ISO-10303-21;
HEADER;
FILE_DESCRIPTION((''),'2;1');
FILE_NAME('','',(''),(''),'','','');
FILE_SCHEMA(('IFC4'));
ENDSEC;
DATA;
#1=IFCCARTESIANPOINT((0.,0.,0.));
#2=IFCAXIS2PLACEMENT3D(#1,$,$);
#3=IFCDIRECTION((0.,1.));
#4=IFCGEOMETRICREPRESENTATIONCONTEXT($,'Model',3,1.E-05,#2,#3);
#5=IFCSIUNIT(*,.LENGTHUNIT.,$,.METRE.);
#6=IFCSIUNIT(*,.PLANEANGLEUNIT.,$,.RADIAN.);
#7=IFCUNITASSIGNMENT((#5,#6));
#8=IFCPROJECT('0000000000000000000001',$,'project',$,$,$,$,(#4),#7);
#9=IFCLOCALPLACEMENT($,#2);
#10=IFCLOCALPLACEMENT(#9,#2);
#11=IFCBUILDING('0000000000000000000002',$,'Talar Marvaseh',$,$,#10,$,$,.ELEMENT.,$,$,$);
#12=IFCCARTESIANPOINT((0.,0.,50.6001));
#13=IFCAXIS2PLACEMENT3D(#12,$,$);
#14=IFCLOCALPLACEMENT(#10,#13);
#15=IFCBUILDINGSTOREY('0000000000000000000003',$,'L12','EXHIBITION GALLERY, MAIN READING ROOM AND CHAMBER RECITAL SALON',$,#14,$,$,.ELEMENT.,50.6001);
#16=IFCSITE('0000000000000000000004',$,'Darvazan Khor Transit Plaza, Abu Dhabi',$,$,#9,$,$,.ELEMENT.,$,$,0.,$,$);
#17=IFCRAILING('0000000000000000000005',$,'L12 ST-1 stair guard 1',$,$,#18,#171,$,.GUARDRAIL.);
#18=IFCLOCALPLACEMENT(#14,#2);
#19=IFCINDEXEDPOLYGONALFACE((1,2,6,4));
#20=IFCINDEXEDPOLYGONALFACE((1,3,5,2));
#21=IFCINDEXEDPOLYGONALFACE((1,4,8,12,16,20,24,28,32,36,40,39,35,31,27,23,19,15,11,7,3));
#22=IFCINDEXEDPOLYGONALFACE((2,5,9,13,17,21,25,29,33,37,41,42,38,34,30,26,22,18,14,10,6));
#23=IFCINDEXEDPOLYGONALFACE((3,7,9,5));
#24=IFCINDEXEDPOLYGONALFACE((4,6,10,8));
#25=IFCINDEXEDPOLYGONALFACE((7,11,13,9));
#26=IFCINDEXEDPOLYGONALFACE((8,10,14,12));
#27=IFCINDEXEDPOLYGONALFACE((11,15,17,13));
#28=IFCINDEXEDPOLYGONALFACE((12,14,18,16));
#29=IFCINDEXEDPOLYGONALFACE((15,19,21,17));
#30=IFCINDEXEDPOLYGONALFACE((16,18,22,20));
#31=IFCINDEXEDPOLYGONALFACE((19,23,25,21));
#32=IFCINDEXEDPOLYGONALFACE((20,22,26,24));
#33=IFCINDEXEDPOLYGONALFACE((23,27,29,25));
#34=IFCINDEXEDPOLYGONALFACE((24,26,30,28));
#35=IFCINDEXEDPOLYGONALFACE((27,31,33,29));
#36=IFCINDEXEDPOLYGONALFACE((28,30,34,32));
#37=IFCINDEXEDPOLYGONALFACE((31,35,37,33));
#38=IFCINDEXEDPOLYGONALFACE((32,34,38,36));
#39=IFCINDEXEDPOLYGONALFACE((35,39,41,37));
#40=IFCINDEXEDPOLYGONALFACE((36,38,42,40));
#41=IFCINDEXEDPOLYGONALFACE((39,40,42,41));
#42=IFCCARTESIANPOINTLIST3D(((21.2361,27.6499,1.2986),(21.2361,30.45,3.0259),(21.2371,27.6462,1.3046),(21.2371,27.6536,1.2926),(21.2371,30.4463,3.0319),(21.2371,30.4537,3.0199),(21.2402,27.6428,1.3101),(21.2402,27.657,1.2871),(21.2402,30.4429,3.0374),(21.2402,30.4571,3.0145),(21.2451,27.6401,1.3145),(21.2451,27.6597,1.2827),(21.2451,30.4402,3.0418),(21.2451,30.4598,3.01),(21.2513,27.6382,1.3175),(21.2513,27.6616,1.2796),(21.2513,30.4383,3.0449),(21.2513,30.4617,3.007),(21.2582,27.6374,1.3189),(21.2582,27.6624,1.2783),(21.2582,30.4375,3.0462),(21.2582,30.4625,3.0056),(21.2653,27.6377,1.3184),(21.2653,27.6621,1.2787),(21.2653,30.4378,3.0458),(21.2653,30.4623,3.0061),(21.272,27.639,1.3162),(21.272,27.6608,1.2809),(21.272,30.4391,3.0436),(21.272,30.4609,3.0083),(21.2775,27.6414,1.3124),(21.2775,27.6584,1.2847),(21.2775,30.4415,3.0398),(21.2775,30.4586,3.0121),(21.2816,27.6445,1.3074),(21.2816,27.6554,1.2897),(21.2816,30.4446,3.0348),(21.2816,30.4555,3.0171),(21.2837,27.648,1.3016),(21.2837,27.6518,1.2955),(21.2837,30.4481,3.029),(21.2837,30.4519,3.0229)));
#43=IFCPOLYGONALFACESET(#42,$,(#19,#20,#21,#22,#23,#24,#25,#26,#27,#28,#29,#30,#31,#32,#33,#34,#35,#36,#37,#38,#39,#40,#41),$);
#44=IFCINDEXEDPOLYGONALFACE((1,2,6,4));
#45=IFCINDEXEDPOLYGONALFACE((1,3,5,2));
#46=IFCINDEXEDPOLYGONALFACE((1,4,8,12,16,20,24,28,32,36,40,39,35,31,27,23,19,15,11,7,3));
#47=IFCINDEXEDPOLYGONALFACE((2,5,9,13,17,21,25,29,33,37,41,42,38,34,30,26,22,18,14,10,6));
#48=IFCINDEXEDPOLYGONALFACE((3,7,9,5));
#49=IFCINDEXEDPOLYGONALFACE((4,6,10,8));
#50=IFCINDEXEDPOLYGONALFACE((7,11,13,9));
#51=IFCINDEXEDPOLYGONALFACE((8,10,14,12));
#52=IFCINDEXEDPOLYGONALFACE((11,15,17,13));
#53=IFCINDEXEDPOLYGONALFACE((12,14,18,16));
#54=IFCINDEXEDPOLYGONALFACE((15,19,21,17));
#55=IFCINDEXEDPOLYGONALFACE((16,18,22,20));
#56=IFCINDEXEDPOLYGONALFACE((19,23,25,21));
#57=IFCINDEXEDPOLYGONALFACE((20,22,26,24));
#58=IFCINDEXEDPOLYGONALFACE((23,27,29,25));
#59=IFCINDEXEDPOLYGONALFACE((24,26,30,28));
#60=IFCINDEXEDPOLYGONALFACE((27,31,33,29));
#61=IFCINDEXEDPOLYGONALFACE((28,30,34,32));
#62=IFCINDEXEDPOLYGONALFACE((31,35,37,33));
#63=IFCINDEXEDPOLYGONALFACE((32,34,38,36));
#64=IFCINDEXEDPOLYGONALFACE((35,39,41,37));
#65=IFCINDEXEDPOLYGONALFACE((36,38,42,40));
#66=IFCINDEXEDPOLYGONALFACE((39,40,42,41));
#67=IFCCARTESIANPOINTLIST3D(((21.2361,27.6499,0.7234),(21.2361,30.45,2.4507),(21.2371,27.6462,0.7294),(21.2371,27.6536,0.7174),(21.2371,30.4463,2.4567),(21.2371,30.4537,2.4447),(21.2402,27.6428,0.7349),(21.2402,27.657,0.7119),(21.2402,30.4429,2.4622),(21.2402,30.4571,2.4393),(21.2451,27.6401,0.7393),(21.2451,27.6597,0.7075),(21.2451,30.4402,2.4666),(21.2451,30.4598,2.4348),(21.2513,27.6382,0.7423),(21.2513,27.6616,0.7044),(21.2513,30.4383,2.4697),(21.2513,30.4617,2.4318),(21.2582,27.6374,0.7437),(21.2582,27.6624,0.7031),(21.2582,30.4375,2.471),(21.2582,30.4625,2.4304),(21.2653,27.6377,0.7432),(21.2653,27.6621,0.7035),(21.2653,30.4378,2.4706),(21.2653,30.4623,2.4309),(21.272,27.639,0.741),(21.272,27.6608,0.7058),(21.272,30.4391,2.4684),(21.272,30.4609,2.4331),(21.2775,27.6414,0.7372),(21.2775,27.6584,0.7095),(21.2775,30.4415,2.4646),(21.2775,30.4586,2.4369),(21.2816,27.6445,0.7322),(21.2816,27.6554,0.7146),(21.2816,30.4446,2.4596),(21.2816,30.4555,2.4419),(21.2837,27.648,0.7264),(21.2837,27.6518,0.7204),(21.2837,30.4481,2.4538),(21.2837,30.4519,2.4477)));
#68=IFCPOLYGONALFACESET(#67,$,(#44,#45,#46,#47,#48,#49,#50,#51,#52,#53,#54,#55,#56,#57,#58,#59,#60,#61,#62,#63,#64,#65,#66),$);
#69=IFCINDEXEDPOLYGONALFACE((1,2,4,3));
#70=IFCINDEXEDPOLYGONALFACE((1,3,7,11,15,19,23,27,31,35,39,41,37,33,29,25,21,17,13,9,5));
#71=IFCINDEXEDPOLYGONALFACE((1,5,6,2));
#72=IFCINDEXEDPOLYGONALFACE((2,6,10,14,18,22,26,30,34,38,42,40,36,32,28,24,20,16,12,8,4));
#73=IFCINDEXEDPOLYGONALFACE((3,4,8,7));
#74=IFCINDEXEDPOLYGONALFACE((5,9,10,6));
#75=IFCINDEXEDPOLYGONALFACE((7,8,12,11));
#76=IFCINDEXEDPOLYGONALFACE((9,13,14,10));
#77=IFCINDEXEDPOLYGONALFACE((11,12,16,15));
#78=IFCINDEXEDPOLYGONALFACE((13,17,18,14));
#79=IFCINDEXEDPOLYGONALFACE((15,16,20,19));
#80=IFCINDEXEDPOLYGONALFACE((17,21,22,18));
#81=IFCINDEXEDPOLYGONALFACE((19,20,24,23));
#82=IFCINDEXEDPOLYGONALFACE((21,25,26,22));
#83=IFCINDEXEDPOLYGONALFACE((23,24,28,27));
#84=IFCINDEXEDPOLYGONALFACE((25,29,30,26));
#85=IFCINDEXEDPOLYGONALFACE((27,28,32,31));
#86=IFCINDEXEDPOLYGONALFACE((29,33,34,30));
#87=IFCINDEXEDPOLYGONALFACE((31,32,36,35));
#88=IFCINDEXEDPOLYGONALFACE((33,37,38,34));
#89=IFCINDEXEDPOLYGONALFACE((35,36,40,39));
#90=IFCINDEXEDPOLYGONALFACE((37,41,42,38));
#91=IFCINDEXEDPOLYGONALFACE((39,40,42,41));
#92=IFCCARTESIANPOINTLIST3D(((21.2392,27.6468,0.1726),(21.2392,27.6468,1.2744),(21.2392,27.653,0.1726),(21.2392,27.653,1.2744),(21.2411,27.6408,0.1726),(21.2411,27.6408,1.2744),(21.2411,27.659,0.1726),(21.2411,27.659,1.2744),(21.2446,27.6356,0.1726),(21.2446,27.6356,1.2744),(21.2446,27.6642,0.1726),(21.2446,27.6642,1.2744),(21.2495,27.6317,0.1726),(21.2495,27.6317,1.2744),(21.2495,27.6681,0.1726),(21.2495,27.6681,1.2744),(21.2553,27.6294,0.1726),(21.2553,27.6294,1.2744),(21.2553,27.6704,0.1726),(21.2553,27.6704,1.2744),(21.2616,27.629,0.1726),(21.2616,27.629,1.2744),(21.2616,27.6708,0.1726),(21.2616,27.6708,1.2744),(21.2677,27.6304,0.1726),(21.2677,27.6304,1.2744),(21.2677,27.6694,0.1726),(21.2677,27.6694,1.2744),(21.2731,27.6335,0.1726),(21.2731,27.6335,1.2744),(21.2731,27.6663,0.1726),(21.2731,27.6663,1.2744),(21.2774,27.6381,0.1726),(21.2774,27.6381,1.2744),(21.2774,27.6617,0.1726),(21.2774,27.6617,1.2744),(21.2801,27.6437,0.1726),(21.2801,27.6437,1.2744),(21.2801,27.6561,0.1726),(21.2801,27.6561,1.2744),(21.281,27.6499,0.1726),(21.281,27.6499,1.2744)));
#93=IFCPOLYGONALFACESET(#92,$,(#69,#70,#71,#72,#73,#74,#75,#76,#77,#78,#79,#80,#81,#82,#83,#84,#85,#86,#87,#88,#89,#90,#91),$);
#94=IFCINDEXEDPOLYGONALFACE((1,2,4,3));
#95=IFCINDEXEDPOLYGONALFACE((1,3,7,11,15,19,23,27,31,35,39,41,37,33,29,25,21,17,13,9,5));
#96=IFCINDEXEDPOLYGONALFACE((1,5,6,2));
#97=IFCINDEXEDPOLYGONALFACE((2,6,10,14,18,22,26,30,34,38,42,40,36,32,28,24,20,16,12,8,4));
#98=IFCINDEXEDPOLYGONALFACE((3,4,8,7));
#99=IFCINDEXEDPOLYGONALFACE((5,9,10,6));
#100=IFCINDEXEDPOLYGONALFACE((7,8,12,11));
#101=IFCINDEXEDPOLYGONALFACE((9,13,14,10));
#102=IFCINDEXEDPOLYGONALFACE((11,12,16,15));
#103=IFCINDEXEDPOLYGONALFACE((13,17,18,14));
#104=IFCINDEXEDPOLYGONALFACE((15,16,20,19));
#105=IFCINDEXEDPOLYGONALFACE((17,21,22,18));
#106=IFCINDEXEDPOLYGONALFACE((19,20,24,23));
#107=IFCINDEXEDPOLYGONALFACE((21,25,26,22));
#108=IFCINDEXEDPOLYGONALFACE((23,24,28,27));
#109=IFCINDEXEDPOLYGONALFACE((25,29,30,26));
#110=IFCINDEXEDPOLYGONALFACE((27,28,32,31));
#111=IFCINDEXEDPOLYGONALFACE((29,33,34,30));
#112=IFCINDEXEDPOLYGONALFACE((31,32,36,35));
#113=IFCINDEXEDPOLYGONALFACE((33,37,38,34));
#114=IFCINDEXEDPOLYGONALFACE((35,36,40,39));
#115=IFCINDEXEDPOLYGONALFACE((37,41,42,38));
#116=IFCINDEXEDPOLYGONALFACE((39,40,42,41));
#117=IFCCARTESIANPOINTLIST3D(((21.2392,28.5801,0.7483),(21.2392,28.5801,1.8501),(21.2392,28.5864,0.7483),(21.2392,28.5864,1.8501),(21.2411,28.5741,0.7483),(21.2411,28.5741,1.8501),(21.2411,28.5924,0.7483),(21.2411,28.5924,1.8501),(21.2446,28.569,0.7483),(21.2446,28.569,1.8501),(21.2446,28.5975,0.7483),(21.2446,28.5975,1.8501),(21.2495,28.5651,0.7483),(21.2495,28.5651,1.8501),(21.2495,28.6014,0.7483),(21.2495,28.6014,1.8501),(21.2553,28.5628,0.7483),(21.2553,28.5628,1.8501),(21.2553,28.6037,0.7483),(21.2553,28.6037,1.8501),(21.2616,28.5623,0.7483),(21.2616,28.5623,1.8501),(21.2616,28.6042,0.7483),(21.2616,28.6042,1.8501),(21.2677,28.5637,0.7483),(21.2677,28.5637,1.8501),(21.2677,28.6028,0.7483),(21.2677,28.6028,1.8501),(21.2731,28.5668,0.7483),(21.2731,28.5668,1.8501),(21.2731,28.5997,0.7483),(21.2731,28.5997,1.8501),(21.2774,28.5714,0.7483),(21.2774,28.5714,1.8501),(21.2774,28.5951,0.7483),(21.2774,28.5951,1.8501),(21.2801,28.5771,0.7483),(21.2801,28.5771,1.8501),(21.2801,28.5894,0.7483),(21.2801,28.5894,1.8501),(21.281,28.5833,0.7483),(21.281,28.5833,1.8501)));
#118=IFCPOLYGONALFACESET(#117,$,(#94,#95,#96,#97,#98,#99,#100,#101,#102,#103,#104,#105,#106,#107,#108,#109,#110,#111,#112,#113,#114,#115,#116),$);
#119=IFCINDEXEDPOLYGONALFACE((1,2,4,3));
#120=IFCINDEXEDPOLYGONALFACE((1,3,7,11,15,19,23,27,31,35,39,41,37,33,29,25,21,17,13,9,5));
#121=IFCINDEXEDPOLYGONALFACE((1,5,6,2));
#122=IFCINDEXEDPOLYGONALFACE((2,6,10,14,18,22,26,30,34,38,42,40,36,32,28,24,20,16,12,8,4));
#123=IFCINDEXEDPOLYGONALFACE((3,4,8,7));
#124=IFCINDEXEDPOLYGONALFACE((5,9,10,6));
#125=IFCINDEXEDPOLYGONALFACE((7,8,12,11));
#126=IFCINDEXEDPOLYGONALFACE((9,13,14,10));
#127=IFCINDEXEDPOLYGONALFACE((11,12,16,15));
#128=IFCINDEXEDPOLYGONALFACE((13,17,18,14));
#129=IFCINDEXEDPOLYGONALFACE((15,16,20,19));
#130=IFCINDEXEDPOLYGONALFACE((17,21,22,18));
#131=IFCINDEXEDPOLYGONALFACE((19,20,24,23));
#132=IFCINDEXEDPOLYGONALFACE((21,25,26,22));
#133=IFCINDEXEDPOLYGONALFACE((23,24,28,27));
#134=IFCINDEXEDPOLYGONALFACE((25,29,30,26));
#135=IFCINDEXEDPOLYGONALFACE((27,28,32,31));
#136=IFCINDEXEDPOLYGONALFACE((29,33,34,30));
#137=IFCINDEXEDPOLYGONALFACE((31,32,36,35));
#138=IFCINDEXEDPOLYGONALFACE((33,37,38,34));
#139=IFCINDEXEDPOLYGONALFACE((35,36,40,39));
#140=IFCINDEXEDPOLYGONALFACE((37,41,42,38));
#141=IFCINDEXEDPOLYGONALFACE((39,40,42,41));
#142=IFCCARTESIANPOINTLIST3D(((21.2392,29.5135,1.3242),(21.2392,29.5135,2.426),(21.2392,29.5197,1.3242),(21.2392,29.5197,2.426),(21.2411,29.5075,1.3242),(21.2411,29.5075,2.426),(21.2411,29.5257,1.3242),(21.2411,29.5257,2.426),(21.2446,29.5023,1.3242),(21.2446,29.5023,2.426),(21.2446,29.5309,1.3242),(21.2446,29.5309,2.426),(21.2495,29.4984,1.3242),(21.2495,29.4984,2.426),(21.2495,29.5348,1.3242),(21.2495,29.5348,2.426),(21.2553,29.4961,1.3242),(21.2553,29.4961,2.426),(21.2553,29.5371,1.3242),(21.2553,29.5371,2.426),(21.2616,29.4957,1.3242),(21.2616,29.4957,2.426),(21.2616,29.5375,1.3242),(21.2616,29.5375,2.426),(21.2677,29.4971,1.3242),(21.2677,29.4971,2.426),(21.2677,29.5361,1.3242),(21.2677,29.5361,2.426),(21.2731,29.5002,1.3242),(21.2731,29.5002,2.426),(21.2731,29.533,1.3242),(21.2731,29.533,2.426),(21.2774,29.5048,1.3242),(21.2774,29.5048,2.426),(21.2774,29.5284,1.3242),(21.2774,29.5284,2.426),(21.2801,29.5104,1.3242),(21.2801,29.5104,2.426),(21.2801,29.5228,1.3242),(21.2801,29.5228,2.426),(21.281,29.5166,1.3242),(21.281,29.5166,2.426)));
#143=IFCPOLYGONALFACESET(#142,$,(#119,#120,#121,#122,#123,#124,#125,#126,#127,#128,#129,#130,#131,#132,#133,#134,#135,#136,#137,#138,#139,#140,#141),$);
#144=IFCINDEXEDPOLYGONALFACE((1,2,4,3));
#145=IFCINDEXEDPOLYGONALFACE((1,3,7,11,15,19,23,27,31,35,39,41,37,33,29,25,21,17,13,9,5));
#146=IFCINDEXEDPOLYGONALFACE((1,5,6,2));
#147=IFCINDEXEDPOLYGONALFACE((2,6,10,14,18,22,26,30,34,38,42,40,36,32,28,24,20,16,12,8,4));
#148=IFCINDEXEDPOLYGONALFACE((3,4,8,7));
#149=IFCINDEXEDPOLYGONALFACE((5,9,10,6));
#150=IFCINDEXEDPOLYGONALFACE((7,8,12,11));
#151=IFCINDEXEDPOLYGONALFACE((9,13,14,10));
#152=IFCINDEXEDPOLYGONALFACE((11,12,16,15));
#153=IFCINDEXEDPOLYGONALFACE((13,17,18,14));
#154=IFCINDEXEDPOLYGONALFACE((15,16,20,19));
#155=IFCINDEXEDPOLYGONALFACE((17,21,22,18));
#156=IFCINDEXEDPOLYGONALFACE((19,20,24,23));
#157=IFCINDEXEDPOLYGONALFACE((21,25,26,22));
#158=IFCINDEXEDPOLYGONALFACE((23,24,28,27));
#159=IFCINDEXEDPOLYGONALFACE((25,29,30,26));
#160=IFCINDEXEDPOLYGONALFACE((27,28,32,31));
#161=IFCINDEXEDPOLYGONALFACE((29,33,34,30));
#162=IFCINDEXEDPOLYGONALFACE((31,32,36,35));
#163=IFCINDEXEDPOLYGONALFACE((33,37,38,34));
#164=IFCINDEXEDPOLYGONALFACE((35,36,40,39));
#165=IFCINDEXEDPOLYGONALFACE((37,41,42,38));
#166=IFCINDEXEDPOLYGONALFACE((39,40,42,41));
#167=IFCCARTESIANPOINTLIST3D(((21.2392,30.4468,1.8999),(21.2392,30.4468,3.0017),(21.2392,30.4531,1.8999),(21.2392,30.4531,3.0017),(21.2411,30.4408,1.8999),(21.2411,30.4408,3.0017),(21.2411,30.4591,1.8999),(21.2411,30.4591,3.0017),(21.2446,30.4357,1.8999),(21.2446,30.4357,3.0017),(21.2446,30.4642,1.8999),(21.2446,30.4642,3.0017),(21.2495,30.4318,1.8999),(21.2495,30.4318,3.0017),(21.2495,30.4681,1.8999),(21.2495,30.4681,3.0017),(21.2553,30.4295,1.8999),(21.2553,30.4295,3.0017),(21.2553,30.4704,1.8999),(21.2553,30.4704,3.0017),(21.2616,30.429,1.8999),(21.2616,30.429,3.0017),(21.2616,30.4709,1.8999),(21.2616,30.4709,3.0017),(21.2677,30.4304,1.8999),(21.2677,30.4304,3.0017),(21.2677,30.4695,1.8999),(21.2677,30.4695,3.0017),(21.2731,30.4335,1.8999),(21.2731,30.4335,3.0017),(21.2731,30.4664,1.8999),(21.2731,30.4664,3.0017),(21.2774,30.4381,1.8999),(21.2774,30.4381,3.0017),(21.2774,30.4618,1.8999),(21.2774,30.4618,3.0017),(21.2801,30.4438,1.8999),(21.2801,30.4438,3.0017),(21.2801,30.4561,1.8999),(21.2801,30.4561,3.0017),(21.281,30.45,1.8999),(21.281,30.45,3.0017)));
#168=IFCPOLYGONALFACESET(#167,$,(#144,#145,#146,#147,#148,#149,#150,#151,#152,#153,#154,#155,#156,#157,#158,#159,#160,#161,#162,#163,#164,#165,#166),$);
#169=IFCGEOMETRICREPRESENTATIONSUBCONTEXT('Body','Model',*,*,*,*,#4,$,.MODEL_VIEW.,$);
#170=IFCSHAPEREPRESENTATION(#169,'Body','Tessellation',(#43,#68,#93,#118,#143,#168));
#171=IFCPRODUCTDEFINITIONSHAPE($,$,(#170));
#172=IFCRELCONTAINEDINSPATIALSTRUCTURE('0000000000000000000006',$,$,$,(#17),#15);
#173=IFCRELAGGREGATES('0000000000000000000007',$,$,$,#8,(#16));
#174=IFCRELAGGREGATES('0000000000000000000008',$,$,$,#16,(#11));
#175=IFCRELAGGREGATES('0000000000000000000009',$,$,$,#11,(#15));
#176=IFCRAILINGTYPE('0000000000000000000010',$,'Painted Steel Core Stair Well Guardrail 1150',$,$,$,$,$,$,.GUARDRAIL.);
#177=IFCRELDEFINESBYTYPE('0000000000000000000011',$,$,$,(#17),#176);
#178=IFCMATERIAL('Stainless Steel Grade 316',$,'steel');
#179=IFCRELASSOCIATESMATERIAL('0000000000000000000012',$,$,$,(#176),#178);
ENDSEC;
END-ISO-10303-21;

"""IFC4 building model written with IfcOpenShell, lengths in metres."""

from ifc_helpers import new_model, si_unit, direction, frame, origin, origin_2d, place, context, subcontext, project, spatial, circle, extrude, material, type_object, element, save


model = new_model("IFC4")

# Units and contexts
model_context = context("Model", 3, precision=1e-05, world=origin(), true_north=direction((0.0, 1.0)))
body_context = subcontext(model_context, "Body", "Model", "MODEL_VIEW")
ifc_project = project(units=[si_unit("LENGTHUNIT", "METRE"), si_unit("PLANEANGLEUNIT", "RADIAN")], contexts=[model_context])

# Site, building, storey
site_placement = place(None, origin())
site = spatial("IfcSite", under=ifc_project, at=site_placement, Name="Darvazan Khor Transit Plaza, Abu Dhabi", CompositionType="ELEMENT", RefElevation=0.0)
building_placement = place(site_placement, origin())
building = spatial("IfcBuilding", under=site, at=building_placement, Name="Talar Marvaseh", CompositionType="ELEMENT")
storey_placement = place(building_placement, frame((0.0, 0.0, 50.6001)))
storey = spatial("IfcBuildingStorey", under=building, at=storey_placement, Name="L12", Description="EXHIBITION GALLERY, MAIN READING ROOM AND CHAMBER RECITAL SALON", CompositionType="ELEMENT", Elevation=50.6001)

# Railing
ifc_material_1 = material(Name="Stainless Steel Grade 316", Category="steel")
railing_type_1 = type_object("IfcRailingType", Name="Painted Steel Core Stair Well Guardrail 1150", PredefinedType="GUARDRAIL", material=ifc_material_1)
railing_1_placement = place(storey_placement, frame((21.26, 27.6499, 0.1726)))
element("IfcRailing", 1, at=railing_1_placement, inside=storey, type_object=railing_type_1, Name="L12 ST-1 stair guard 1", PredefinedType="GUARDRAIL", context=body_context, shape_type="SweptSolid", body=[
    extrude(circle(Radius=0.0239, at=origin_2d()), frame((0.0, 0.0, 1.126), z_axis=(0.0, 0.85109, 0.52502), x_axis=(-1.0, 0.0, 0.0)), (0.0, 0.0, 1.0), 3.29),
    extrude(circle(Radius=0.0239, at=origin_2d()), frame((0.0, 0.0, 0.5508), z_axis=(0.0, 0.85109, 0.52502), x_axis=(-1.0, 0.0, 0.0)), (0.0, 0.0, 1.0), 3.29),
    extrude(circle(Radius=0.021, at=origin_2d()), origin(), (0.0, 0.0, 1.0), 1.1018),
    extrude(circle(Radius=0.021, at=origin_2d()), frame((0.0, 0.9333, 0.5757)), (0.0, 0.0, 1.0), 1.1018),
    extrude(circle(Radius=0.021, at=origin_2d()), frame((0.0, 1.8667, 1.1516)), (0.0, 0.0, 1.0), 1.1018),
    extrude(circle(Radius=0.021, at=origin_2d()), frame((0.0, 2.8, 1.7273)), (0.0, 0.0, 1.0), 1.1018),
])

save(model, "model.ifc")
